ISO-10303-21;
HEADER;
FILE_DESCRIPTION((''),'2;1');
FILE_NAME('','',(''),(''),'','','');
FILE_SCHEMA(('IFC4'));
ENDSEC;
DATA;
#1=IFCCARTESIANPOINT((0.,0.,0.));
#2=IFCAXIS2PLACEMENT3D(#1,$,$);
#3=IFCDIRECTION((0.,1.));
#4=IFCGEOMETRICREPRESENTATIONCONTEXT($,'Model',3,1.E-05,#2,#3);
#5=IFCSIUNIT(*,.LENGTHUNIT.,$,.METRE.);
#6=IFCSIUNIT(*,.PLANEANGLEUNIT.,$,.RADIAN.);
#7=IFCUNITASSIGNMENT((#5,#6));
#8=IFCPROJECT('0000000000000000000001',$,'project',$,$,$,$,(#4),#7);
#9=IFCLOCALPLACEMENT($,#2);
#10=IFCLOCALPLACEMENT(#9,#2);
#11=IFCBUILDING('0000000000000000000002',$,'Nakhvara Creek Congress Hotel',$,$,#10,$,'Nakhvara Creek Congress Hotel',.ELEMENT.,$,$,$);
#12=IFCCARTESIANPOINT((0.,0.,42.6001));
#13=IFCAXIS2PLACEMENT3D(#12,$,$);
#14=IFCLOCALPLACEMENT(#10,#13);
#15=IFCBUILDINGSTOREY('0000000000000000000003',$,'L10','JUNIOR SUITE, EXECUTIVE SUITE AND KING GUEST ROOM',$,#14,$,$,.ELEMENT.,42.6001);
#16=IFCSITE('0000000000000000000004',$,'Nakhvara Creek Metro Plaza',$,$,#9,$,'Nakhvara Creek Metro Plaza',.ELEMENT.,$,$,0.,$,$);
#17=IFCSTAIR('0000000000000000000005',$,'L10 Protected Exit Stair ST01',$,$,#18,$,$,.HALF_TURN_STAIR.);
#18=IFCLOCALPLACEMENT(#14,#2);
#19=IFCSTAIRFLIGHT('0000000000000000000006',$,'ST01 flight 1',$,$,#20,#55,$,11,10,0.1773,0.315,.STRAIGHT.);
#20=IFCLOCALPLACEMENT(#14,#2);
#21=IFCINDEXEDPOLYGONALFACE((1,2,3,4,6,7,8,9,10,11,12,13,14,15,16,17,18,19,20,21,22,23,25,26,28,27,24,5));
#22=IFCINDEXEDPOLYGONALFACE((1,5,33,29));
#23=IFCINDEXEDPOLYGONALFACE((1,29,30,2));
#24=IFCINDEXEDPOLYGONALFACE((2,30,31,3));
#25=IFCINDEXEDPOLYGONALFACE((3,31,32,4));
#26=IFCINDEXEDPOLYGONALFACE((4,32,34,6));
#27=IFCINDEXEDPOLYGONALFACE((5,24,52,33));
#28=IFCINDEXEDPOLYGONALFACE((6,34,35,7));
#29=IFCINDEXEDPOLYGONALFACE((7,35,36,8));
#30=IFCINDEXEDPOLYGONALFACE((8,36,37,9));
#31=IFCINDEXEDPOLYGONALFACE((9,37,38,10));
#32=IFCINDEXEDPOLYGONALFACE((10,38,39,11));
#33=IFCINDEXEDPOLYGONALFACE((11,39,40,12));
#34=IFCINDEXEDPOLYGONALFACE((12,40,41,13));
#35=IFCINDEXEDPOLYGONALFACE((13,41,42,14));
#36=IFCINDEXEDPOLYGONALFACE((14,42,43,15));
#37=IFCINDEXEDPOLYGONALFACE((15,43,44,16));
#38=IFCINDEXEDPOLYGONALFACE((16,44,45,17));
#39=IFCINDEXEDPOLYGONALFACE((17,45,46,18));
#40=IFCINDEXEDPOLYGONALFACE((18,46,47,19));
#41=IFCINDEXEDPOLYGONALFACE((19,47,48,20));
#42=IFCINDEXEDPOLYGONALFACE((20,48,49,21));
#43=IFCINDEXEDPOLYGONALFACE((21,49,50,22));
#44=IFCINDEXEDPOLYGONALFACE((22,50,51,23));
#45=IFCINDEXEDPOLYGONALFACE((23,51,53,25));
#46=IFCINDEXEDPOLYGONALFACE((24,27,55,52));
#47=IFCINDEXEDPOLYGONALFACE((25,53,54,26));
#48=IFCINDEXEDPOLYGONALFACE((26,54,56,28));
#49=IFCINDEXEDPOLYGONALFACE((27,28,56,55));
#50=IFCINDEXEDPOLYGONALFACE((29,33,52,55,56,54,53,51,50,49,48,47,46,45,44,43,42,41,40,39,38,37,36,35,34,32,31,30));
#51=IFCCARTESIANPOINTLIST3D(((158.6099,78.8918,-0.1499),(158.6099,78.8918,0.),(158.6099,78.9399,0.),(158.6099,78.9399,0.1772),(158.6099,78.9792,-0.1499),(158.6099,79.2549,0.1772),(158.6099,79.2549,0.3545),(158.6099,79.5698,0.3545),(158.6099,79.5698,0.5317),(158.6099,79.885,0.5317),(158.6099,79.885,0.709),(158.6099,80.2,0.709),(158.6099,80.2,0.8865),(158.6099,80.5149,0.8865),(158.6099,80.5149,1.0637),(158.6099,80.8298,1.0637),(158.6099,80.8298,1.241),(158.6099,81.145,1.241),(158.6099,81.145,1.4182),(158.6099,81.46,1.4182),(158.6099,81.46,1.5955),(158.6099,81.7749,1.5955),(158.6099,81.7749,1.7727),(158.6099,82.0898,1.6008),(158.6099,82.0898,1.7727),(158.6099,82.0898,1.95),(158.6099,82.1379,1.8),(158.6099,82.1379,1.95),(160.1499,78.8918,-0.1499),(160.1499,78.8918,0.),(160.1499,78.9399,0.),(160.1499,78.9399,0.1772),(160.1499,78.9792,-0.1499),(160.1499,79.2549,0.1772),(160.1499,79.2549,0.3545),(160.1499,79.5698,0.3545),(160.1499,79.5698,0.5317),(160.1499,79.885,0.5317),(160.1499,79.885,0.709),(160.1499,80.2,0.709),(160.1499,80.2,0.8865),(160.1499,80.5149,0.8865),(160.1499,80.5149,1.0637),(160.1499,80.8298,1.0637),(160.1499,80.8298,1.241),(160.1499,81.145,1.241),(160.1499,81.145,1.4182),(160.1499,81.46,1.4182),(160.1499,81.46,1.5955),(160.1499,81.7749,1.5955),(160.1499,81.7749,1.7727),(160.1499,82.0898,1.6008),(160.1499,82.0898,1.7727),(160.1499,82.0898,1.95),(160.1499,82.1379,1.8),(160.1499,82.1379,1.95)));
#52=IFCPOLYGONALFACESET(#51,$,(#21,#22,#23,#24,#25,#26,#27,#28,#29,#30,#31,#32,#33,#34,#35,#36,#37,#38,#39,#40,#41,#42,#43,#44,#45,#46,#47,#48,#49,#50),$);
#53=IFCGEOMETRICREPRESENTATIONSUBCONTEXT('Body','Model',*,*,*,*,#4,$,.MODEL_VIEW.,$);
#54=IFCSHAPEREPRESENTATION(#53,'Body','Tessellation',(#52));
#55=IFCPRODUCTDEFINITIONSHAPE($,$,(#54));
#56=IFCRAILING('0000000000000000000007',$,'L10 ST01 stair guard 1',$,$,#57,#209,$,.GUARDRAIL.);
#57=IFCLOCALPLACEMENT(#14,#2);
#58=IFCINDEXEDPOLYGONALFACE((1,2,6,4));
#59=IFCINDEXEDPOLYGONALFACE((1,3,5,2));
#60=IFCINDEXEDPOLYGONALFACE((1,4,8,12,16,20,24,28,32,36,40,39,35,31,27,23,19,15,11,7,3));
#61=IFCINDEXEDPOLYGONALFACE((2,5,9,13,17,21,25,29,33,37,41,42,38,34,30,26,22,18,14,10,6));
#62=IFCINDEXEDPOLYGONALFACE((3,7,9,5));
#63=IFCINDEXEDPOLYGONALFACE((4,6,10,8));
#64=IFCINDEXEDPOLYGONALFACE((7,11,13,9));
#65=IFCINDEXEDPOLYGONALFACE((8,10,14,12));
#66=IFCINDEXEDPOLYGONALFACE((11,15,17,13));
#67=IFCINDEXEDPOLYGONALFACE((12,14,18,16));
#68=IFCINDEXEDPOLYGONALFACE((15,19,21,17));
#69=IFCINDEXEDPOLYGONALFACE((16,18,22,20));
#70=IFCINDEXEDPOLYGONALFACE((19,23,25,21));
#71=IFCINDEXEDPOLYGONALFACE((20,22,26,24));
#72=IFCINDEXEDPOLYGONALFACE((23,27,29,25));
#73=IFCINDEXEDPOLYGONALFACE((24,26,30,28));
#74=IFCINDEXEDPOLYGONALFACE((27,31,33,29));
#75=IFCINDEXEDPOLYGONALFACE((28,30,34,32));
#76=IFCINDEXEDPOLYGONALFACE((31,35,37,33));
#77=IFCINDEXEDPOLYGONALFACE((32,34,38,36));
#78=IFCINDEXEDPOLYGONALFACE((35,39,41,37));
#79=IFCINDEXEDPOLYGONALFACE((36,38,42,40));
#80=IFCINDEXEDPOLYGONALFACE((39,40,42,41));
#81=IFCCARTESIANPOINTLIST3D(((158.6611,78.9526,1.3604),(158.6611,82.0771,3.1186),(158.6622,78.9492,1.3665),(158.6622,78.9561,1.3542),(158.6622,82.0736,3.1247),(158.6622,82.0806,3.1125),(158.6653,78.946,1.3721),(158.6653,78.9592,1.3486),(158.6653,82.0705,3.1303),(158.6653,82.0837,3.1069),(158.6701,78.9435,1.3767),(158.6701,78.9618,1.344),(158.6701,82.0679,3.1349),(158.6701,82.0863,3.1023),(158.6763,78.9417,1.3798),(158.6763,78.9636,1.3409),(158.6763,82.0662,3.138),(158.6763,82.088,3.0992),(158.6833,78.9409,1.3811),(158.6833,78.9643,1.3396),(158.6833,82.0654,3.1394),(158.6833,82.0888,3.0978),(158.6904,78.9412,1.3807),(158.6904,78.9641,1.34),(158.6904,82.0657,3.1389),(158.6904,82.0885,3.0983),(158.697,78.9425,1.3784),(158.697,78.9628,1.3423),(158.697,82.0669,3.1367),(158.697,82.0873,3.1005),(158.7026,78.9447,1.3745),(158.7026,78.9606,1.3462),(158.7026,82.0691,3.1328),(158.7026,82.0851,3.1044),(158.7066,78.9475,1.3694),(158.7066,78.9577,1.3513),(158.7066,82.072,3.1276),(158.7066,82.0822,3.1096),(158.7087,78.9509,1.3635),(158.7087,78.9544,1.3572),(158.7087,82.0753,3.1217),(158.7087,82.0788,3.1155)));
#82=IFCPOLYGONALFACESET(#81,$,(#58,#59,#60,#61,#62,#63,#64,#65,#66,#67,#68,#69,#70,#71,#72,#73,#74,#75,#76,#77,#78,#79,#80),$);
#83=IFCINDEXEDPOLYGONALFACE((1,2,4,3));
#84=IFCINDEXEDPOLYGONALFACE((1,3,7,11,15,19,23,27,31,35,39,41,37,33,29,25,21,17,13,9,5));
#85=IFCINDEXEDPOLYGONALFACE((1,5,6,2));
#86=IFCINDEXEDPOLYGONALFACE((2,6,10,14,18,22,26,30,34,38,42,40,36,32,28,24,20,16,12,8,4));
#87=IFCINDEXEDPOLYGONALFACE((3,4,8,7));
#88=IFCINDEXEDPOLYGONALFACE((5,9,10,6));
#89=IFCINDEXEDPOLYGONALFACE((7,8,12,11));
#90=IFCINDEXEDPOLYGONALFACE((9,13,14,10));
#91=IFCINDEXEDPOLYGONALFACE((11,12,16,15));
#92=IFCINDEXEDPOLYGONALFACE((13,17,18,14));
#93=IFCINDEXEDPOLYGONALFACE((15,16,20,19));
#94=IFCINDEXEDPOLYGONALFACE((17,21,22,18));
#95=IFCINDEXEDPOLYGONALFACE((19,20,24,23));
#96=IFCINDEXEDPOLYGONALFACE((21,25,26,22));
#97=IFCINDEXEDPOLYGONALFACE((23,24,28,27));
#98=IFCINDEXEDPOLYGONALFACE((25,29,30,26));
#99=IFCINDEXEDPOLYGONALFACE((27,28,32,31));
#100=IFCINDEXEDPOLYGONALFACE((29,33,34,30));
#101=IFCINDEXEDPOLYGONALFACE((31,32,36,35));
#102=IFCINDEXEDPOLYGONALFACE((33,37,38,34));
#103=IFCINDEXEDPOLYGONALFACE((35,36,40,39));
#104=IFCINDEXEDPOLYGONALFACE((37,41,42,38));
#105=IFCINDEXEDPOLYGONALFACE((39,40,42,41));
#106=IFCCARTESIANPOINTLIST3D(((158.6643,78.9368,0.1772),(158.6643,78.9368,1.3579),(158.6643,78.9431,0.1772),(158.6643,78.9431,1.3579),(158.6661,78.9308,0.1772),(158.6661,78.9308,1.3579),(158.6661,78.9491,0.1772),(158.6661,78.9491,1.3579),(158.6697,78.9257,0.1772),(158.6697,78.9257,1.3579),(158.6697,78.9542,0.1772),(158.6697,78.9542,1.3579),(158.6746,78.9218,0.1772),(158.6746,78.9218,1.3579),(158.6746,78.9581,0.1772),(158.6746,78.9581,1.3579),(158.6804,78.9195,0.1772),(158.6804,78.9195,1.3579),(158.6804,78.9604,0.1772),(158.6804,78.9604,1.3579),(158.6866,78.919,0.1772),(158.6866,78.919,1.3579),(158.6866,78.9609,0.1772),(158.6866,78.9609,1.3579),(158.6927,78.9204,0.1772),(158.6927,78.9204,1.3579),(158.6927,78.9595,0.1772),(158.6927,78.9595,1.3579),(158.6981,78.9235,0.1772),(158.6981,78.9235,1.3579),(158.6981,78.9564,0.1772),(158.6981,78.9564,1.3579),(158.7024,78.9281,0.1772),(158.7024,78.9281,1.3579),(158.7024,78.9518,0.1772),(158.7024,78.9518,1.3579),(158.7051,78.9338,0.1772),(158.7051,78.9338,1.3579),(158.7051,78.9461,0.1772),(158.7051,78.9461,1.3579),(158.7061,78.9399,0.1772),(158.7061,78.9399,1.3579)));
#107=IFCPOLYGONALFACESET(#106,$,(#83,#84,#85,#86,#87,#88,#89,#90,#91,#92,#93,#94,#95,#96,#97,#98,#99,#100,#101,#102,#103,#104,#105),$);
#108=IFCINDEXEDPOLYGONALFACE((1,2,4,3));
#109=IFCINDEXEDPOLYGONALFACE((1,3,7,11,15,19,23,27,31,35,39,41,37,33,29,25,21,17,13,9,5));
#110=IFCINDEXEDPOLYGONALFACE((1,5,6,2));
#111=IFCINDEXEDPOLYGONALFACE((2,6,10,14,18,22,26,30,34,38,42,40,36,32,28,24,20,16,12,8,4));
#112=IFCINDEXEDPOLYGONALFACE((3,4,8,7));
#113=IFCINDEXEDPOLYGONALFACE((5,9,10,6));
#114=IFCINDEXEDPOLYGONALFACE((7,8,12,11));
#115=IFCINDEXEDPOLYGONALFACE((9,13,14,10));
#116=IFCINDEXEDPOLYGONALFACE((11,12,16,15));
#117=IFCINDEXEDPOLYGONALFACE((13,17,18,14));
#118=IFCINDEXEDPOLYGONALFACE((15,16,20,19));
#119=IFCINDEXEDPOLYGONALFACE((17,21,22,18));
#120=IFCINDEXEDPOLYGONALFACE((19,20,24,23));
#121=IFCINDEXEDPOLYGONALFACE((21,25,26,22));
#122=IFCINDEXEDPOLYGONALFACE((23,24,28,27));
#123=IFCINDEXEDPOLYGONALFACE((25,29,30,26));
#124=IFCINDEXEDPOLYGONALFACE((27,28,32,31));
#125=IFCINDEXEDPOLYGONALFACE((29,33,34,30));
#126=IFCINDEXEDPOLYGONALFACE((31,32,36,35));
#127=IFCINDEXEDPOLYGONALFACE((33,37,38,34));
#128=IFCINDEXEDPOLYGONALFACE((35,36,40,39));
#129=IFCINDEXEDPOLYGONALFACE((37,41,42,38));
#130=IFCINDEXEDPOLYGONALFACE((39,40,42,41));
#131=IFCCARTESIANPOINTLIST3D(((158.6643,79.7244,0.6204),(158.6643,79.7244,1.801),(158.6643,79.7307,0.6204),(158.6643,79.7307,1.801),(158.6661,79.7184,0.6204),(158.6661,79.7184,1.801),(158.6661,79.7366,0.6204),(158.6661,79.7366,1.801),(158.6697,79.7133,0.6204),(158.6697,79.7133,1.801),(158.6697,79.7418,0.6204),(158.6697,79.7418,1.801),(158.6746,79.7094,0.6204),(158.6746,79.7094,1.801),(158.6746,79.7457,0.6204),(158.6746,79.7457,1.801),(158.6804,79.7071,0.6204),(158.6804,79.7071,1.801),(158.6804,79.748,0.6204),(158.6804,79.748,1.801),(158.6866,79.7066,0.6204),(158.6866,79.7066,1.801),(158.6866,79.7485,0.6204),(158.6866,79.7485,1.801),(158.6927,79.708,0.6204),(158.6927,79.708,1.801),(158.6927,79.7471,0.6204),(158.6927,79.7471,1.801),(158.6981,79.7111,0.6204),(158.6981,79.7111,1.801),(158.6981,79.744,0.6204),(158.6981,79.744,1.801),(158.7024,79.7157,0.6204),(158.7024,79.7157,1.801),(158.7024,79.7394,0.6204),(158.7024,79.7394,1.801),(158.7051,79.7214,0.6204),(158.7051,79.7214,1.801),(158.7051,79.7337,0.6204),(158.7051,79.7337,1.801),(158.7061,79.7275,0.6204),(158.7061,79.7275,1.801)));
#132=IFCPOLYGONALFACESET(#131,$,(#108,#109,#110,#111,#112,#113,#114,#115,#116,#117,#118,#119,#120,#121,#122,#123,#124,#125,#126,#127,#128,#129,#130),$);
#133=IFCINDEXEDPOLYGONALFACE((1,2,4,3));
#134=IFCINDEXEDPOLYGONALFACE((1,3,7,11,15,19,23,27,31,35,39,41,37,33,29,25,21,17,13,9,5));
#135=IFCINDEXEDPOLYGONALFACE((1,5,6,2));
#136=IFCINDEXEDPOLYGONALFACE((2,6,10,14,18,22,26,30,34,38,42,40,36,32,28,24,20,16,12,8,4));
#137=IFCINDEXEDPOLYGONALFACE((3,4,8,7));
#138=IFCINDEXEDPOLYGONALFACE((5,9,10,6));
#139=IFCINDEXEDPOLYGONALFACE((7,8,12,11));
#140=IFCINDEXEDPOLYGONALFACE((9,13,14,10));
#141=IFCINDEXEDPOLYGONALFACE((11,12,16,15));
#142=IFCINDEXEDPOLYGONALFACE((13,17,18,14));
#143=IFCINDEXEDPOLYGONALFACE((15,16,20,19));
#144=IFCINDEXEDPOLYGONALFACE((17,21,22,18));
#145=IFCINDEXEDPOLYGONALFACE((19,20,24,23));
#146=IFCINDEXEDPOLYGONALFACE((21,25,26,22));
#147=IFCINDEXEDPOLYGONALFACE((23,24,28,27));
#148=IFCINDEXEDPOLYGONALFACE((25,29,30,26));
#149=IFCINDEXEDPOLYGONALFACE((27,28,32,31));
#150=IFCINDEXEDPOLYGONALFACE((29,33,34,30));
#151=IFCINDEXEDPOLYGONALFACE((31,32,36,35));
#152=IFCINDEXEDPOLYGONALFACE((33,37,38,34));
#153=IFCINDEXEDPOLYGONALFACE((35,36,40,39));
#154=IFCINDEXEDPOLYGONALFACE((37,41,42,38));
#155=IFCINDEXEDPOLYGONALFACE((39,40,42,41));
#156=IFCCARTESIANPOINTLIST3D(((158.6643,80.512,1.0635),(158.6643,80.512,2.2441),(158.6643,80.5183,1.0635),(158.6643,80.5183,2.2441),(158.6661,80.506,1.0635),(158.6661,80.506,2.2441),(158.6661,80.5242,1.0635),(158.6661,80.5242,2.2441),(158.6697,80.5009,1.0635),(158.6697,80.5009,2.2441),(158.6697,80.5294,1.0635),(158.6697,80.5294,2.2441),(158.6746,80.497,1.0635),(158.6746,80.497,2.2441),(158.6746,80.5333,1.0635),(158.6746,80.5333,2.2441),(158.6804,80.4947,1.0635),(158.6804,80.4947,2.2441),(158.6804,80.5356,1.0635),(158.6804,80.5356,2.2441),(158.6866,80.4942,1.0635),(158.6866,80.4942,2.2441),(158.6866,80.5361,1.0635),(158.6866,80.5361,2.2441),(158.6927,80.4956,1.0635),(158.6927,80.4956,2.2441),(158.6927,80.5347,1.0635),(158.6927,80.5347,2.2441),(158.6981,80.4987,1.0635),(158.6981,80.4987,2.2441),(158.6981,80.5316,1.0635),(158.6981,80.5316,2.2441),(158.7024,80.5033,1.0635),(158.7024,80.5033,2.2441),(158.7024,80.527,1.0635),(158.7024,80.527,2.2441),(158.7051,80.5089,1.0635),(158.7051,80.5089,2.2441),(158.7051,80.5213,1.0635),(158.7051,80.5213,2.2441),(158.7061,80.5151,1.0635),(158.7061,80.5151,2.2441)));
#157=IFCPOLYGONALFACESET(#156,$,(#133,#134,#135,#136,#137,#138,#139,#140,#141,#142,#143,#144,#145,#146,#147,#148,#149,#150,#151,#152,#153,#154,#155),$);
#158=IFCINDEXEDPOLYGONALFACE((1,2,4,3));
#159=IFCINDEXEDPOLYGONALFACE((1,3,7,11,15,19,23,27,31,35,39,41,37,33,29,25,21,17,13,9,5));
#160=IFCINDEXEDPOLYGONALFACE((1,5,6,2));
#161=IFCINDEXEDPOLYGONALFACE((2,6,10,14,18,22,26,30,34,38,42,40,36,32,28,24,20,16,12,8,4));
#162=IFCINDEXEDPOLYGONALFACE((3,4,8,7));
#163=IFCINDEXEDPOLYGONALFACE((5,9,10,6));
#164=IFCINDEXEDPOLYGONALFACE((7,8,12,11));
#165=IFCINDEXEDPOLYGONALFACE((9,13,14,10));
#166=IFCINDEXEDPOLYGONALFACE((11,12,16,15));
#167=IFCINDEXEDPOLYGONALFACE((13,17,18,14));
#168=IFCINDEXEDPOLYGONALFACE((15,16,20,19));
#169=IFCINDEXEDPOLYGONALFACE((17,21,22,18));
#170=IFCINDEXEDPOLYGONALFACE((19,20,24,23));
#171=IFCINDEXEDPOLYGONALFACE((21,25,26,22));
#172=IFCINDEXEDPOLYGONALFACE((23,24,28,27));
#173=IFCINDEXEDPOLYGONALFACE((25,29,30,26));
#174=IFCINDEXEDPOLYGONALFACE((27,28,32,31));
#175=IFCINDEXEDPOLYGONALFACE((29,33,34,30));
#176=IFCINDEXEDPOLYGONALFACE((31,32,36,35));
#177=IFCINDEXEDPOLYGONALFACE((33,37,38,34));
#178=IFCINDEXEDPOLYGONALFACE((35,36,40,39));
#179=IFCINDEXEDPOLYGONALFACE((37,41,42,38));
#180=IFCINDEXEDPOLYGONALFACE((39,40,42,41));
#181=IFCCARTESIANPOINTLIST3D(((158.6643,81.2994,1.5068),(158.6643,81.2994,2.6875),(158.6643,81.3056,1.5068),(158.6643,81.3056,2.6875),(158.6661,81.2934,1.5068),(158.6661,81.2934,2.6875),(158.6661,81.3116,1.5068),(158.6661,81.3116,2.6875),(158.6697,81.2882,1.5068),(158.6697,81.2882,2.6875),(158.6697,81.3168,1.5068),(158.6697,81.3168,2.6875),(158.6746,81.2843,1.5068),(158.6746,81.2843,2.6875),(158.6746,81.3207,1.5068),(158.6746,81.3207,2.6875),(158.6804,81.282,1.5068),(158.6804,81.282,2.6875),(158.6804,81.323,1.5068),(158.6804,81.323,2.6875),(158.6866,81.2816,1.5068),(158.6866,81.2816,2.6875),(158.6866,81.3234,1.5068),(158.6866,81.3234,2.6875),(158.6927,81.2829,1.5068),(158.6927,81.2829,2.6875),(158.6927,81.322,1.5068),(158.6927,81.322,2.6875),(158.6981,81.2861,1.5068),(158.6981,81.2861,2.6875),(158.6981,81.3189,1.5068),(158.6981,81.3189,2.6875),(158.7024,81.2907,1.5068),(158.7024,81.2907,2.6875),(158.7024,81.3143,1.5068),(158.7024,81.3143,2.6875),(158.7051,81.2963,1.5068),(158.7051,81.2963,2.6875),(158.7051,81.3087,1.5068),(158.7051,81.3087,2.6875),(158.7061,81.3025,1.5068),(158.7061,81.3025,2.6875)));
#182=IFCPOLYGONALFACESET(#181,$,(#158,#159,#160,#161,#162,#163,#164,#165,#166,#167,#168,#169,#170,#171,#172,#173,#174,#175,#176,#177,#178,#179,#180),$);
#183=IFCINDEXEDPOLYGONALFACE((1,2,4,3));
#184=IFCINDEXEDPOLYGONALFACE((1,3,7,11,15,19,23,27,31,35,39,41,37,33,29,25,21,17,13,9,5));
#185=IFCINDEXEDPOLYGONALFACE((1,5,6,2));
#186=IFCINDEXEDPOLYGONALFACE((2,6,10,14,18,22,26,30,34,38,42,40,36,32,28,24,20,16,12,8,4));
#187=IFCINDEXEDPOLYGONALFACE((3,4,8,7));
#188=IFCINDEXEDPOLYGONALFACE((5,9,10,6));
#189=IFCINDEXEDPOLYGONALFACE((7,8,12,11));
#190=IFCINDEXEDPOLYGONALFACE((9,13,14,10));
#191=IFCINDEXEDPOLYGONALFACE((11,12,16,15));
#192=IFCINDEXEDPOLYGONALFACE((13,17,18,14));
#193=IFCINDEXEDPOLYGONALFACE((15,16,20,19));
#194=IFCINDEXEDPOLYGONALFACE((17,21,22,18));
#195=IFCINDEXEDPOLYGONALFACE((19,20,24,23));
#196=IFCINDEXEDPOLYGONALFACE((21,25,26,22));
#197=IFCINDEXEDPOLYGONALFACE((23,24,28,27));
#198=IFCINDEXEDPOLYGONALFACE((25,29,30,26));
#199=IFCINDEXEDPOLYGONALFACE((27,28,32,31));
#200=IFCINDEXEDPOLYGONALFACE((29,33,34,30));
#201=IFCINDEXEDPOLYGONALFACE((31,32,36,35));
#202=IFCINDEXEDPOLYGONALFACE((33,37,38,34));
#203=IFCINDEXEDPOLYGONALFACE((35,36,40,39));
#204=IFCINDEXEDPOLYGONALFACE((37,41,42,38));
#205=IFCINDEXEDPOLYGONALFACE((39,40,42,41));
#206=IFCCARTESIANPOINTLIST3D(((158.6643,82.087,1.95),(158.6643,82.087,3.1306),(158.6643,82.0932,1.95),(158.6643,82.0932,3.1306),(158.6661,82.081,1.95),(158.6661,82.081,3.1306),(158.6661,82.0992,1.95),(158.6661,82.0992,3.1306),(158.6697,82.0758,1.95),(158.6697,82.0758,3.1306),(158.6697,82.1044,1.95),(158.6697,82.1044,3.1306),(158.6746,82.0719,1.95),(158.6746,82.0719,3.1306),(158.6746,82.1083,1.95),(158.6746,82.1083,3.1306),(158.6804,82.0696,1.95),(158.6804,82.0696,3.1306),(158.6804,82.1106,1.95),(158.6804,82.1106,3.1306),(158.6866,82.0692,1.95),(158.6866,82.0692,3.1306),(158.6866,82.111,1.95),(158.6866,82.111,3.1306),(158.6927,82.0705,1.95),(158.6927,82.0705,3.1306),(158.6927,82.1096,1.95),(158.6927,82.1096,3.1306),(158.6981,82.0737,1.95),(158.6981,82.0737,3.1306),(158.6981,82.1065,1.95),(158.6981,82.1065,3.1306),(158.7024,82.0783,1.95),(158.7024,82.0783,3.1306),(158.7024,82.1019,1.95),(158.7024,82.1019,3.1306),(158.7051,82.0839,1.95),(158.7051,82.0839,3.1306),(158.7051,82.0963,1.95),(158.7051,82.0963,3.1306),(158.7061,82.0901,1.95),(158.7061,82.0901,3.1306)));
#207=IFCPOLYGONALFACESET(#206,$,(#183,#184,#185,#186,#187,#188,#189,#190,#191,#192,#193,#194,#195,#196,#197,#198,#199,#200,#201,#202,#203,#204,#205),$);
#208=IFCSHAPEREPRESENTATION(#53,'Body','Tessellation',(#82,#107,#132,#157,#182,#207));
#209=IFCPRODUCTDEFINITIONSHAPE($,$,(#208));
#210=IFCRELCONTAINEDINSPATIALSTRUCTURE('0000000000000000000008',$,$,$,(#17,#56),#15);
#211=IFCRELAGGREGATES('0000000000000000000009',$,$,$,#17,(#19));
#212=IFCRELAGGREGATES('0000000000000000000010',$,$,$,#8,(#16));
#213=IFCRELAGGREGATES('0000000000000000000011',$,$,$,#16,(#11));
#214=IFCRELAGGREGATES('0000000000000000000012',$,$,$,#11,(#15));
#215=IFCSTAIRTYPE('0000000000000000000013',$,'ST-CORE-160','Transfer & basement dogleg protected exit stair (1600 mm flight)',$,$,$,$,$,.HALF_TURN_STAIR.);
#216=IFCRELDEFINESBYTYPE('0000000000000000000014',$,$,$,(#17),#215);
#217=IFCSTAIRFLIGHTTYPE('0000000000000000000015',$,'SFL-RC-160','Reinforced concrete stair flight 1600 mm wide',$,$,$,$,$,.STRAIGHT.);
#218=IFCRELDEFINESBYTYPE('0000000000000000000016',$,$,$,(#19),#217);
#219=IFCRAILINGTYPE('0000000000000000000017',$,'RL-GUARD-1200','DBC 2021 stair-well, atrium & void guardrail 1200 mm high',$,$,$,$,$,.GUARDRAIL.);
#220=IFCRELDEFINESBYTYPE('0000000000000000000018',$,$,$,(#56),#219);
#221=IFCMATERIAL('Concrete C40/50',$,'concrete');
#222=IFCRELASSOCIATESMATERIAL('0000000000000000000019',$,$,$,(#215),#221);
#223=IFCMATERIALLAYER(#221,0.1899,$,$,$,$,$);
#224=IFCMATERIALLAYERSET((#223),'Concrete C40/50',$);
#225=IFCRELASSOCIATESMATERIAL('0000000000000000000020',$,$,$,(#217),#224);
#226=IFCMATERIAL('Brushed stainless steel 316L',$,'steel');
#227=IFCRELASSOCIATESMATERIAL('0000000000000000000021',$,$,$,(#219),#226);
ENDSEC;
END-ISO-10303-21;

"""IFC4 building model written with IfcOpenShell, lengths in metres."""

from ifc_helpers import new_model, si_unit, direction, frame, origin, origin_2d, place, context, subcontext, project, spatial, polyline, circle, outline, extrude, material, layer, layer_set, type_object, element, aggregate, save


model = new_model("IFC4")

# Units and contexts
model_context = context("Model", 3, precision=1e-05, world=origin(), true_north=direction((0.0, 1.0)))
body_context = subcontext(model_context, "Body", "Model", "MODEL_VIEW")
ifc_project = project(units=[si_unit("LENGTHUNIT", "METRE"), si_unit("PLANEANGLEUNIT", "RADIAN")], contexts=[model_context])

# Site, building, storey
site_placement = place(None, origin())
site = spatial("IfcSite", under=ifc_project, at=site_placement, Name="Nakhvara Creek Metro Plaza", LongName="Nakhvara Creek Metro Plaza", CompositionType="ELEMENT", RefElevation=0.0)
building_placement = place(site_placement, origin())
building = spatial("IfcBuilding", under=site, at=building_placement, Name="Nakhvara Creek Congress Hotel", LongName="Nakhvara Creek Congress Hotel", CompositionType="ELEMENT")
storey_placement = place(building_placement, frame((0.0, 0.0, 42.6001)))
storey = spatial("IfcBuildingStorey", under=building, at=storey_placement, Name="L10", Description="JUNIOR SUITE, EXECUTIVE SUITE AND KING GUEST ROOM", CompositionType="ELEMENT", Elevation=42.6001)

# Shared definitions
ifc_material_1 = material(Name="Concrete C40/50", Category="concrete")

# Stair, stair flight
stair_type = type_object("IfcStairType", Name="ST-CORE-160", Description="Transfer & basement dogleg protected exit stair (1600 mm flight)", PredefinedType="HALF_TURN_STAIR", material=ifc_material_1)
stair_placement = place(storey_placement, origin())
stair = element("IfcStair", 1, at=stair_placement, inside=storey, type_object=stair_type, Name="L10 Protected Exit Stair ST01", PredefinedType="HALF_TURN_STAIR")
ifc_layer_1 = layer(ifc_material_1, 0.1899)
ifc_layer_set_1 = layer_set([ifc_layer_1], Name="Concrete C40/50")
stair_flight_type = type_object("IfcStairFlightType", Name="SFL-RC-160", Description="Reinforced concrete stair flight 1600 mm wide", PredefinedType="STRAIGHT", material=ifc_layer_set_1)
stair_flight_placement = place(storey_placement, frame((159.3799, 78.9399, 0.0), z_axis=(0.0, 0.0, 1.0), x_axis=(0.0, 1.0, 0.0)))
stair_flight = element("IfcStairFlight", 2, at=stair_flight_placement, type_object=stair_flight_type, Name="ST01 flight 1", NumberOfRisers=11, NumberOfTreads=10, PredefinedType="STRAIGHT", RiserHeight=0.1773, TreadLength=0.315, context=body_context, shape_type="SweptSolid", body=[
    extrude(outline(polyline([(-0.0481, 0.0), (0.0, 0.0), (0.0, 0.1772), (0.3149, 0.1772), (0.3149, 0.3545), (0.6299, 0.3545), (0.6299, 0.5317), (0.9451, 0.5317), (0.9451, 0.709), (1.26, 0.709), (1.26, 0.8865), (1.575, 0.8865), (1.575, 1.0637), (1.8899, 1.0637), (1.8899, 1.241), (2.2051, 1.241), (2.2051, 1.4182), (2.52, 1.4182), (2.52, 1.5955), (2.835, 1.5955), (2.835, 1.7727), (3.1499, 1.7727), (3.1499, 1.95), (3.198, 1.95), (3.198, 1.8), (3.1499, 1.6008), (0.0393, -0.1499), (-0.0481, -0.1499), (-0.0481, 0.0)])), frame((0.0, 0.77, 0.0), z_axis=(0.0, -1.0, 0.0), x_axis=(1.0, 0.0, 0.0)), (0.0, 0.0, 1.0), 1.54),
])
aggregate(stair, [stair_flight])

# Railing
ifc_material_2 = material(Name="Brushed stainless steel 316L", Category="steel")
railing_type_1 = type_object("IfcRailingType", Name="RL-GUARD-1200", Description="DBC 2021 stair-well, atrium & void guardrail 1200 mm high", PredefinedType="GUARDRAIL", material=ifc_material_2)
railing_1_placement = place(storey_placement, frame((158.6851, 78.9399, 0.1772)))
element("IfcRailing", 3, at=railing_1_placement, inside=storey, type_object=railing_type_1, Name="L10 ST01 stair guard 1", PredefinedType="GUARDRAIL", context=body_context, shape_type="SweptSolid", body=[
    extrude(circle(Radius=0.0239, at=origin_2d()), frame((0.0, 0.0127, 1.1831), z_axis=(0.0, 0.871487, 0.490418), x_axis=(-1.0, 0.0, 0.0)), (0.0, 0.0, 1.0), 3.5852),
    extrude(circle(Radius=0.021, at=origin_2d()), origin(), (0.0, 0.0, 1.0), 1.1807),
    extrude(circle(Radius=0.021, at=origin_2d()), frame((0.0, 0.7876, 0.4431)), (0.0, 0.0, 1.0), 1.1807),
    extrude(circle(Radius=0.021, at=origin_2d()), frame((0.0, 1.5752, 0.8862)), (0.0, 0.0, 1.0), 1.1807),
    extrude(circle(Radius=0.021, at=origin_2d()), frame((0.0, 2.3625, 1.3296)), (0.0, 0.0, 1.0), 1.1807),
    extrude(circle(Radius=0.021, at=origin_2d()), frame((0.0, 3.1501, 1.7727)), (0.0, 0.0, 1.0), 1.1807),
])

save(model, "model.ifc")
